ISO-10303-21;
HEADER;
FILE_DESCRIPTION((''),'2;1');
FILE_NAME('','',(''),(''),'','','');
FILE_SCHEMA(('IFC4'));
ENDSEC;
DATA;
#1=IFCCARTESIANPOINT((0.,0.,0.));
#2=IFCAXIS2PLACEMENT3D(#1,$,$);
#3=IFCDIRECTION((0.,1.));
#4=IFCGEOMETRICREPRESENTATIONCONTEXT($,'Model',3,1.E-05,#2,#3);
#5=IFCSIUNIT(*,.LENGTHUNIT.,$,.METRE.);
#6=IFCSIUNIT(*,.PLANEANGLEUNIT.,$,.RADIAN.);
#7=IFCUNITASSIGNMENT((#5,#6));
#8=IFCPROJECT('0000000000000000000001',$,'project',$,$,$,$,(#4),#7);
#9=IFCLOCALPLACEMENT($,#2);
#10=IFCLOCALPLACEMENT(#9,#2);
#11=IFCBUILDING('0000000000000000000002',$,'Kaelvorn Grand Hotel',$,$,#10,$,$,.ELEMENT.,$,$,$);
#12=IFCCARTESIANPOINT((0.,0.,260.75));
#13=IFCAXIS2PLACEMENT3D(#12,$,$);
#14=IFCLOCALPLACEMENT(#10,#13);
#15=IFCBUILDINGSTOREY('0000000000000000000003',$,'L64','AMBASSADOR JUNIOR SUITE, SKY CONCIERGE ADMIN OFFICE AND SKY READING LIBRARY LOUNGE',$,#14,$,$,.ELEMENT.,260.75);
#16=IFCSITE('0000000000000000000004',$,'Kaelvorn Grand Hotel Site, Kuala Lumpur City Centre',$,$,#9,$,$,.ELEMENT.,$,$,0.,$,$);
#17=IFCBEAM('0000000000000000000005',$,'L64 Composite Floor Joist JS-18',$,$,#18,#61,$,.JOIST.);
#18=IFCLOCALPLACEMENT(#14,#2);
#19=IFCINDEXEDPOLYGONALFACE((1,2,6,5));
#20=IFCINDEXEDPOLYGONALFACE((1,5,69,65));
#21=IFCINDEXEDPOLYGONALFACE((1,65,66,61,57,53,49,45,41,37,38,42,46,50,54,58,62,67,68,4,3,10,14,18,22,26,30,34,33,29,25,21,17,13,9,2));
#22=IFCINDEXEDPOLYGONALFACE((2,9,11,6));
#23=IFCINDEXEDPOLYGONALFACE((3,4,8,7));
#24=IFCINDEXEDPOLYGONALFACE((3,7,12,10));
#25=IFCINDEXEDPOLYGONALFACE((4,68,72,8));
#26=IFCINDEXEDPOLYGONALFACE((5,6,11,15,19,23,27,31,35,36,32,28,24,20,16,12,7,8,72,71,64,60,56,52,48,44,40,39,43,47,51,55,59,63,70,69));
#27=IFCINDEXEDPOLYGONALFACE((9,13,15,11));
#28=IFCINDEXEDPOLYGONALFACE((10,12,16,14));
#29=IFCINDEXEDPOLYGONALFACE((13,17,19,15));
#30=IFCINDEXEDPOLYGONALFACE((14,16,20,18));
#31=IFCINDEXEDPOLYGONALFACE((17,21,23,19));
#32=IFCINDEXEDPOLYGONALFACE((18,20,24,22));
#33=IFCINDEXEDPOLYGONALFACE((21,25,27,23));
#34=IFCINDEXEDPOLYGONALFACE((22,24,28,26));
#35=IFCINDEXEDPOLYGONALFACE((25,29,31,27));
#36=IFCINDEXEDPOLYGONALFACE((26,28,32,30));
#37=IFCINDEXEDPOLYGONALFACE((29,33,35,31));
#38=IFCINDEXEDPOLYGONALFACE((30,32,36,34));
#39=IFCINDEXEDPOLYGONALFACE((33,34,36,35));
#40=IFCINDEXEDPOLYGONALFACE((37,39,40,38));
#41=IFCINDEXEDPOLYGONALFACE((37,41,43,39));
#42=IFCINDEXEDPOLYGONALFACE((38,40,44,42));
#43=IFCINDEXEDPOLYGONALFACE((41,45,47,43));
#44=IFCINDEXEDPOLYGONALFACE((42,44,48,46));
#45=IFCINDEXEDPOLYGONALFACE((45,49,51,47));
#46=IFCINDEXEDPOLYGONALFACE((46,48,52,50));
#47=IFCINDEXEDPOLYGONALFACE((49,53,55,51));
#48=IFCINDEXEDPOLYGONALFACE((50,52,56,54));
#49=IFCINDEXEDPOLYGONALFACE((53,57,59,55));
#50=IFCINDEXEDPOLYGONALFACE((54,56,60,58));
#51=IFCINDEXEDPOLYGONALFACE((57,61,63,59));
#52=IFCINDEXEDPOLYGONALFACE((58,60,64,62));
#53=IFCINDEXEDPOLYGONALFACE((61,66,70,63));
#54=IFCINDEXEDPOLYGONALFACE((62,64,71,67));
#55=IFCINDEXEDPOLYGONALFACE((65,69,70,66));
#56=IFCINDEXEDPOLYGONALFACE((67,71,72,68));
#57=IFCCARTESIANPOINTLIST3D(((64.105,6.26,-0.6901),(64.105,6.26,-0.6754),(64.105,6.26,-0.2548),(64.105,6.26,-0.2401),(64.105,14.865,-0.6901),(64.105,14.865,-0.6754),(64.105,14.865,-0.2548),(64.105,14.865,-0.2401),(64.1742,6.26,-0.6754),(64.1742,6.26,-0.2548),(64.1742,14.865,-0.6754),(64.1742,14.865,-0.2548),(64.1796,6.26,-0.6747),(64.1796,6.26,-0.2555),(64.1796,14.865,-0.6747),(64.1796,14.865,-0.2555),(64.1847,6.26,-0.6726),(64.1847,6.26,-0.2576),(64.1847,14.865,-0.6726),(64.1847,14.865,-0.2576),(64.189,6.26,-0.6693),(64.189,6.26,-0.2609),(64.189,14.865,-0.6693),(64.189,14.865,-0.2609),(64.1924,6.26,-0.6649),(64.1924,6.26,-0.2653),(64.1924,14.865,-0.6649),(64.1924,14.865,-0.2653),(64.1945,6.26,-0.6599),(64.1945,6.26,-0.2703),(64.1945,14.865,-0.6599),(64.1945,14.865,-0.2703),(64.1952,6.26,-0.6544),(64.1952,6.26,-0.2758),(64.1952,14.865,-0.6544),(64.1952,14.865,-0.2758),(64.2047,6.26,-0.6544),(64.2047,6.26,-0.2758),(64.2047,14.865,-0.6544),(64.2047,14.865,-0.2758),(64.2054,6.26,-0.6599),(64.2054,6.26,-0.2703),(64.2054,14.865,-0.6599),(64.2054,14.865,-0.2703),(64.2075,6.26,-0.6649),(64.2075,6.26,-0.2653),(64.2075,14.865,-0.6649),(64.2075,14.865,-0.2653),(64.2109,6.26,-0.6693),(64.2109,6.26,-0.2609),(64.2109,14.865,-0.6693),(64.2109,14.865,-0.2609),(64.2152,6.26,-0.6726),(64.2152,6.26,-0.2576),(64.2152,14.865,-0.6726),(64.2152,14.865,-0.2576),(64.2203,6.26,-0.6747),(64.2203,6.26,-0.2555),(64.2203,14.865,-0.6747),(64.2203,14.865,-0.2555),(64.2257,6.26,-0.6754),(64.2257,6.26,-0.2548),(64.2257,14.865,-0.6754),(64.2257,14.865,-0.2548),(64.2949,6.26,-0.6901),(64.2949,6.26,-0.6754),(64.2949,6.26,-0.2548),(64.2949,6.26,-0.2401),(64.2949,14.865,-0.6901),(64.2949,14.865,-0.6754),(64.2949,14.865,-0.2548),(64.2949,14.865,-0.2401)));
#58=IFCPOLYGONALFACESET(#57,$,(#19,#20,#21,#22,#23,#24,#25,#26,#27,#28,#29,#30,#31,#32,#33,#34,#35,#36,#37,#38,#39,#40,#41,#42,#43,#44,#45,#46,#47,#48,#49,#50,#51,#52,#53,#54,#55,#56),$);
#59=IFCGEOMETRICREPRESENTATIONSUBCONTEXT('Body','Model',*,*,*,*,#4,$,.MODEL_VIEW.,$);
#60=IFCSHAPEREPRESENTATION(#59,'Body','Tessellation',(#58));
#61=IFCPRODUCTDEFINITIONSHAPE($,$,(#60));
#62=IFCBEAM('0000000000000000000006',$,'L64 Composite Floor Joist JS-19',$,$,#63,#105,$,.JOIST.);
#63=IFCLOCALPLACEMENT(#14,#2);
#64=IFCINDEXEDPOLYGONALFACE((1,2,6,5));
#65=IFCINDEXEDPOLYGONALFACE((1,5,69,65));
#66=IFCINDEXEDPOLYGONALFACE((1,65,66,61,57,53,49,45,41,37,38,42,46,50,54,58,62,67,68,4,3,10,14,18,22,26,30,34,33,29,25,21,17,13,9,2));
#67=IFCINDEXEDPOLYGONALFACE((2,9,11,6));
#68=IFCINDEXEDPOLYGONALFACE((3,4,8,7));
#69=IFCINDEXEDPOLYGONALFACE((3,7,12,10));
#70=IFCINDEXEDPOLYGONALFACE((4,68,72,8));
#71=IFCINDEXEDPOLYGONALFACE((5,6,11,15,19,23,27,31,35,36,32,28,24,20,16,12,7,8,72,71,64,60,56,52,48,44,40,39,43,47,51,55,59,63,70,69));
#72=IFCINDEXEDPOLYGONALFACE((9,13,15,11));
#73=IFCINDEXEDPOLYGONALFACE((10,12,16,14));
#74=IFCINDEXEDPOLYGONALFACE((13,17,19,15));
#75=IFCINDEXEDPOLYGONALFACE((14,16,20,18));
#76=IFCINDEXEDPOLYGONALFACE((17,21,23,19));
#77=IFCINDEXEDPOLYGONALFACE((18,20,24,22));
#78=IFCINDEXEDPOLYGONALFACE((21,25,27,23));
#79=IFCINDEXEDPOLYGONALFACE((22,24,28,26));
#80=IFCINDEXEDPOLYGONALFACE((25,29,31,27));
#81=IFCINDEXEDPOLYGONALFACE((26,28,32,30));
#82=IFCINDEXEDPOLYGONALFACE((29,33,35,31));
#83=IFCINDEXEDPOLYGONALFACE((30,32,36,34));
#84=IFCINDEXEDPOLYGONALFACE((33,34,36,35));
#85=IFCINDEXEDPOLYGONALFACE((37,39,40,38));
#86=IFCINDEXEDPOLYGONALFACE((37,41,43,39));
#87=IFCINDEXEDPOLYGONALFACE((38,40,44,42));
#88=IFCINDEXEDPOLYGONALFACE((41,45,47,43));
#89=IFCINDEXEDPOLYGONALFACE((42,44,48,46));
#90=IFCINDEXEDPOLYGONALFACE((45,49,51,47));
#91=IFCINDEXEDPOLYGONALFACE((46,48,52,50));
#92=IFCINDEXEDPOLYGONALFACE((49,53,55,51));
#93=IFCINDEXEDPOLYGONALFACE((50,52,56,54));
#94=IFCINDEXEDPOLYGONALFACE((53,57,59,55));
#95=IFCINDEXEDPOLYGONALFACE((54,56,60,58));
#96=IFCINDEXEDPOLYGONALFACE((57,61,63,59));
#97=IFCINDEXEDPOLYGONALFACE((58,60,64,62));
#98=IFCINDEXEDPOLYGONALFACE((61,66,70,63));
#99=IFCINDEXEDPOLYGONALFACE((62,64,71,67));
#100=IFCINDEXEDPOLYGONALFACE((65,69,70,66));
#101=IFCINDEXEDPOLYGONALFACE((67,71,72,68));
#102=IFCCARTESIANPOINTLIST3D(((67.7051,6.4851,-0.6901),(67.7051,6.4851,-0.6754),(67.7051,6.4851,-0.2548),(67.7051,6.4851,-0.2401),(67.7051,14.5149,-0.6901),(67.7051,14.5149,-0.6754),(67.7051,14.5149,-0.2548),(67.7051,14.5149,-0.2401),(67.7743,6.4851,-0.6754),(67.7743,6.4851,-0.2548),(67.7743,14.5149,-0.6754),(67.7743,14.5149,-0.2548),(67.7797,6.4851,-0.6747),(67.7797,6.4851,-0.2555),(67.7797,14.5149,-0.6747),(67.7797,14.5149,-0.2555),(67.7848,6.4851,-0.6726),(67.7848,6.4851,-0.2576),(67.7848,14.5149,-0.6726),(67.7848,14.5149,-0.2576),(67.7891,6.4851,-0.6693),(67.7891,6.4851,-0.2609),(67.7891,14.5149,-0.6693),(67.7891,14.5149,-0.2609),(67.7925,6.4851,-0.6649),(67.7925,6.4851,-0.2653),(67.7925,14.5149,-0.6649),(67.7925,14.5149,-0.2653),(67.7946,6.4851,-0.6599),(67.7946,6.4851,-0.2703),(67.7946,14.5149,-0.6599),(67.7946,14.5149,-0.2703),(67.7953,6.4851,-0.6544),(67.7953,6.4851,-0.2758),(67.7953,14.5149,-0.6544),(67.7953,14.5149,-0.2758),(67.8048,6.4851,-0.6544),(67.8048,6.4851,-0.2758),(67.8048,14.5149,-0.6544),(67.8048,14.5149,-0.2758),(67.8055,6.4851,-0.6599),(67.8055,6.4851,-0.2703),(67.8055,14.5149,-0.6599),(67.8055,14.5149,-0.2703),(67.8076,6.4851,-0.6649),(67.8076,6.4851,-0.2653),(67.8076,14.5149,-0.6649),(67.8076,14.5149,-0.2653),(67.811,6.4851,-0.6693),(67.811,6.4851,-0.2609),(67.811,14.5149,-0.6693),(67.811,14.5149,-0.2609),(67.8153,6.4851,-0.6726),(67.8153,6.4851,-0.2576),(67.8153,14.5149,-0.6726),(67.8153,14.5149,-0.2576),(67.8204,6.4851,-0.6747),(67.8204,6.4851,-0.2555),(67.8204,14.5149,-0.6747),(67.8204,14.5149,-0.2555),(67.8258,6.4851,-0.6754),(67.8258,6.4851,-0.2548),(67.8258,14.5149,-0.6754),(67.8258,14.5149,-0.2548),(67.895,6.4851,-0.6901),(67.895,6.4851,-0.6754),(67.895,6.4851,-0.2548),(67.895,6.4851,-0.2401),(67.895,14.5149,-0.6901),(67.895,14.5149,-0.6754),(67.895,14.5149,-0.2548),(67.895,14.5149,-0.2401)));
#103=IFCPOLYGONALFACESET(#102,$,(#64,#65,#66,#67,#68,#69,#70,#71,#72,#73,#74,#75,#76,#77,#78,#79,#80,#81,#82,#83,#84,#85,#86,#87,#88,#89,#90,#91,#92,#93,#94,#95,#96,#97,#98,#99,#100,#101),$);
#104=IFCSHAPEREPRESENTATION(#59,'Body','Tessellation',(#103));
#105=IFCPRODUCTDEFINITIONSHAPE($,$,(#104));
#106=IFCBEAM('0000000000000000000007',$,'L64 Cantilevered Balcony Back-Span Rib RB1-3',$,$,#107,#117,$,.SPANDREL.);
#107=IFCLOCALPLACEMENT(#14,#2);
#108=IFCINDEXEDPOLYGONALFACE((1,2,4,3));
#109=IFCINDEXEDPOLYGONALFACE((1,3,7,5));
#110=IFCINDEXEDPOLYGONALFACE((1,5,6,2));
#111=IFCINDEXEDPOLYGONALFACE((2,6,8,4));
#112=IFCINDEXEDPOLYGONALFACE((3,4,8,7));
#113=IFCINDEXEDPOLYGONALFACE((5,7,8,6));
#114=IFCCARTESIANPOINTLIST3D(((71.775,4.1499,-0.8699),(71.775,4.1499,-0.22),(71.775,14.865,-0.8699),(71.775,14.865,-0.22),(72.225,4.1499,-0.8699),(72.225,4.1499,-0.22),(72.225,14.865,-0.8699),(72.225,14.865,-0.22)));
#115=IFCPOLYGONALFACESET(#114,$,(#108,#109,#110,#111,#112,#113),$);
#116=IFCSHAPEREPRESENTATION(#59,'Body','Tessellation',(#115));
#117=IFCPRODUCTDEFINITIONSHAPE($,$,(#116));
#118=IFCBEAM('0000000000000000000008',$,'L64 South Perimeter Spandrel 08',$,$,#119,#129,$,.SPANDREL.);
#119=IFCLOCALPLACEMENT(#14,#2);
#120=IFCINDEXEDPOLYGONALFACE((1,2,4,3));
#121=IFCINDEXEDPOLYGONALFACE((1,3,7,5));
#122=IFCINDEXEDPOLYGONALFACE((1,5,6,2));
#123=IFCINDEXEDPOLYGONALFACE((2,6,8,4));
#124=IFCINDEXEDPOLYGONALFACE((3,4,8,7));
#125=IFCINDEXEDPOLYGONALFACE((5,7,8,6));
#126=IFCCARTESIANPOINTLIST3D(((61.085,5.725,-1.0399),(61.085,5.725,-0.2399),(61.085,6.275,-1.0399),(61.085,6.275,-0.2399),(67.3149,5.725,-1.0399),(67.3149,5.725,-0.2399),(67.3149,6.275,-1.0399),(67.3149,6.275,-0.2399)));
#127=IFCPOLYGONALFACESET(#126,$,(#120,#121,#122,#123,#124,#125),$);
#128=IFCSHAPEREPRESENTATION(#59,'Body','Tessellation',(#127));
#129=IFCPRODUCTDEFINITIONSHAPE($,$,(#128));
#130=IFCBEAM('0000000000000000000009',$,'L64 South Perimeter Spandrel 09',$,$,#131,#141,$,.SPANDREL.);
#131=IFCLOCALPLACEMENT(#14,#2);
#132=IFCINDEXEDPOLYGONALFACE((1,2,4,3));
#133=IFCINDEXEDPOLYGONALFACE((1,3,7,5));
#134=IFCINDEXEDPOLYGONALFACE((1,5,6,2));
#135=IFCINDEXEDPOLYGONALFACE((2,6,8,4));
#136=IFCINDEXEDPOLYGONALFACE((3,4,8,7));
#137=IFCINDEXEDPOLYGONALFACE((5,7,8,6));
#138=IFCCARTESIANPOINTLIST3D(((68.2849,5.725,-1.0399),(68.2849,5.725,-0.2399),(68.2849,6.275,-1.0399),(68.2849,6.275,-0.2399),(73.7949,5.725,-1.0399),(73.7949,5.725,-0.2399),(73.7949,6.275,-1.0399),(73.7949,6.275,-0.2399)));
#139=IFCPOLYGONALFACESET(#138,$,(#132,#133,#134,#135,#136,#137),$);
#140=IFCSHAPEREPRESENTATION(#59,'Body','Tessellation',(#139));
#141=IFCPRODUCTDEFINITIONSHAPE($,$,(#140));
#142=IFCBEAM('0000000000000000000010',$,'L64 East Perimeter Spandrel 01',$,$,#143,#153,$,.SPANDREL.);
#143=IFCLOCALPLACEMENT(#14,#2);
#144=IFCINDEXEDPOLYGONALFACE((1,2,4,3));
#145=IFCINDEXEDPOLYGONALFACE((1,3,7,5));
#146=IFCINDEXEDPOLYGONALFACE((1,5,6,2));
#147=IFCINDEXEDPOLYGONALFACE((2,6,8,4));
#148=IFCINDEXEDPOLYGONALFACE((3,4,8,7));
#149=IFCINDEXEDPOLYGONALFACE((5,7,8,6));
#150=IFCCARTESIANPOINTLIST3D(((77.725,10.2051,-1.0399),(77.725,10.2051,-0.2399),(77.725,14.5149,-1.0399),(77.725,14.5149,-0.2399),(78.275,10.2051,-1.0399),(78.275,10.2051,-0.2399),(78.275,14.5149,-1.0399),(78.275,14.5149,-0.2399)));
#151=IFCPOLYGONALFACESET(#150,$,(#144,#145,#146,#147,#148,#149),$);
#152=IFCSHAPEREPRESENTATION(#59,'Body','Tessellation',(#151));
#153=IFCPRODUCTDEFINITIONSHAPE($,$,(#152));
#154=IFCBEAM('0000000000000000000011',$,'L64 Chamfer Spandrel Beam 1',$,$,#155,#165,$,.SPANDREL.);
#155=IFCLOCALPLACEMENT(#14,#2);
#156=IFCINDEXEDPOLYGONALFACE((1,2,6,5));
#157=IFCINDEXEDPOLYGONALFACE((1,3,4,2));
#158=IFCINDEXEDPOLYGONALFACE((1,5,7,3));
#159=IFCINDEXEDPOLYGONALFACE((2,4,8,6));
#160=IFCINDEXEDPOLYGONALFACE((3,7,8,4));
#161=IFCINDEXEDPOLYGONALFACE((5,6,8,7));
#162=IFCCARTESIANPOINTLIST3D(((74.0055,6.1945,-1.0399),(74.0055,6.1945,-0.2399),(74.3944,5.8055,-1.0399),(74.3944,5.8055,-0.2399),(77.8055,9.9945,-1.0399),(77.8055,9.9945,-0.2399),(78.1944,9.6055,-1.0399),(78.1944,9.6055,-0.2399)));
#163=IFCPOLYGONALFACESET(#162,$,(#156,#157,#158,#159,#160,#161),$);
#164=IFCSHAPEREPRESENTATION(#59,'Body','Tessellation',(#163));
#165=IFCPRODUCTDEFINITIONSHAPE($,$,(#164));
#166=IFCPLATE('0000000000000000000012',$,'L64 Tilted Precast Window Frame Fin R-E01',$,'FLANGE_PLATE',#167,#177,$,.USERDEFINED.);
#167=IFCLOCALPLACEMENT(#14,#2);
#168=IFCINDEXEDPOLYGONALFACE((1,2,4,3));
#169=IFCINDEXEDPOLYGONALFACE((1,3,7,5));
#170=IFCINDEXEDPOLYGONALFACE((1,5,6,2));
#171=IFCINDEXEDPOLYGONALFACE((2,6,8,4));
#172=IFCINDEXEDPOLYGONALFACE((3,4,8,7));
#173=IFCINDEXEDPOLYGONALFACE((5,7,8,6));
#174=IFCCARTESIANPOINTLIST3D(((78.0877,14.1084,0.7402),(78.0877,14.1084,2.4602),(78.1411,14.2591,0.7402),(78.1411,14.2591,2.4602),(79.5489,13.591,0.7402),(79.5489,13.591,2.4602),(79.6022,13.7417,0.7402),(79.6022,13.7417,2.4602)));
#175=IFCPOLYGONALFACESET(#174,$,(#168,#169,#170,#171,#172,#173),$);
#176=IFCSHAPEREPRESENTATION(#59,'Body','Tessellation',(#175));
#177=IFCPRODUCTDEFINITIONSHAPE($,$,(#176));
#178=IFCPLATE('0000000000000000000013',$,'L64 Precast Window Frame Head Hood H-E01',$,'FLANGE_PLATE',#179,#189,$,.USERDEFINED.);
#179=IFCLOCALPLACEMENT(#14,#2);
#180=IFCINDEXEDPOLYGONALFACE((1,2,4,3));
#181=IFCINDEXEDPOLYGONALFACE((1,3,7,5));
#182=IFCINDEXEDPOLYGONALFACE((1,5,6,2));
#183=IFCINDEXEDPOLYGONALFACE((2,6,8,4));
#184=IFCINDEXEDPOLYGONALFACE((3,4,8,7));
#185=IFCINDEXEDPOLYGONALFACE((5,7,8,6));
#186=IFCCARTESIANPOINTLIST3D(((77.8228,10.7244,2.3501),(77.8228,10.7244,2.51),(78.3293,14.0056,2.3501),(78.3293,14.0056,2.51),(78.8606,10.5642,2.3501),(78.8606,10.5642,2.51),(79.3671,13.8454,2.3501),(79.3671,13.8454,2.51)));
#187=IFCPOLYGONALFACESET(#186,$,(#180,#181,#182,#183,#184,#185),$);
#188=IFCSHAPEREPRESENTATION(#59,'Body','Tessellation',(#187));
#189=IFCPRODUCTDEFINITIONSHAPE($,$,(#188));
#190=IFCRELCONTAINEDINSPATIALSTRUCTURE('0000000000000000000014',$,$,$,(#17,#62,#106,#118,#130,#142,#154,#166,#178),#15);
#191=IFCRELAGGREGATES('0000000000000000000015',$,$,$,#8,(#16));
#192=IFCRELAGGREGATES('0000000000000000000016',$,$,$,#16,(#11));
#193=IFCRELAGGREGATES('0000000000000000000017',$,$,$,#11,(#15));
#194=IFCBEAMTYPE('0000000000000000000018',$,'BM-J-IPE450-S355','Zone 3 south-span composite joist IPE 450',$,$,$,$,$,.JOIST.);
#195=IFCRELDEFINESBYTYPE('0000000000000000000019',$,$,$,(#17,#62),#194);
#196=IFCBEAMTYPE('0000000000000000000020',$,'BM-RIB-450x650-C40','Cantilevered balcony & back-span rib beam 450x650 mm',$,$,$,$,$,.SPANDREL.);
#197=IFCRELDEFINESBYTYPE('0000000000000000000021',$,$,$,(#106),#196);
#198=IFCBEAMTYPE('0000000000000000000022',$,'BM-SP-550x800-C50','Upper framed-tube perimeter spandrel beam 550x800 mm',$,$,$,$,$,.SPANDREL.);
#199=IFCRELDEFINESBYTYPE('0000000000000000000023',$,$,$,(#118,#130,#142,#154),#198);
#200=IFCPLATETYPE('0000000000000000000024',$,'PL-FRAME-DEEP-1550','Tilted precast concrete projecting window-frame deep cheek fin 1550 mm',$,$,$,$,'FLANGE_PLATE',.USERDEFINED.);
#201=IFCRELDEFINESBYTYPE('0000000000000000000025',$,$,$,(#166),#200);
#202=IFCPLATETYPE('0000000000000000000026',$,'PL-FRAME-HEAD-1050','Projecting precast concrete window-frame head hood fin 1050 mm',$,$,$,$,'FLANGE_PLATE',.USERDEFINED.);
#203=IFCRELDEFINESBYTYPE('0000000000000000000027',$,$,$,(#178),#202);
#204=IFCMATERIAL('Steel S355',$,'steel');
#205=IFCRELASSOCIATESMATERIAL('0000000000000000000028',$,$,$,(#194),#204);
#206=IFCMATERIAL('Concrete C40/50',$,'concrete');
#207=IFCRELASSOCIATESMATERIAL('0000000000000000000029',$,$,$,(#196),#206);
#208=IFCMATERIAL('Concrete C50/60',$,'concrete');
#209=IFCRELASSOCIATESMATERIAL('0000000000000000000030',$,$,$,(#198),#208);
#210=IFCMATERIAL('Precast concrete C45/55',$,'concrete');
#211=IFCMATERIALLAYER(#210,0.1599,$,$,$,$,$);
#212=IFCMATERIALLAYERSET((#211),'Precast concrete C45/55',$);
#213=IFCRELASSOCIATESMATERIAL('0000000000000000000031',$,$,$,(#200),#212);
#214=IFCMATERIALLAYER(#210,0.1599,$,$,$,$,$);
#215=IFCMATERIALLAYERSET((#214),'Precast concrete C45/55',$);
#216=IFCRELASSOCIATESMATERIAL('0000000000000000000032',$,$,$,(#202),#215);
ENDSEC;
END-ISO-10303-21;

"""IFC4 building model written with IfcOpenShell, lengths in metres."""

from ifc_helpers import new_model, si_unit, direction, frame, origin, origin_2d, place, context, subcontext, project, spatial, rectangle, i_section, extrude, material, layer, layer_set, material_profile, profile_set, type_object, element, save


model = new_model("IFC4")

# Units and contexts
model_context = context("Model", 3, precision=1e-05, world=origin(), true_north=direction((0.0, 1.0)))
body_context = subcontext(model_context, "Body", "Model", "MODEL_VIEW")
ifc_project = project(units=[si_unit("LENGTHUNIT", "METRE"), si_unit("PLANEANGLEUNIT", "RADIAN")], contexts=[model_context])

# Site, building, storey
site_placement = place(None, origin())
site = spatial("IfcSite", under=ifc_project, at=site_placement, Name="Kaelvorn Grand Hotel Site, Kuala Lumpur City Centre", CompositionType="ELEMENT", RefElevation=0.0)
building_placement = place(site_placement, origin())
building = spatial("IfcBuilding", under=site, at=building_placement, Name="Kaelvorn Grand Hotel", CompositionType="ELEMENT")
storey_placement = place(building_placement, frame((0.0, 0.0, 260.75)))
storey = spatial("IfcBuildingStorey", under=building, at=storey_placement, Name="L64", Description="AMBASSADOR JUNIOR SUITE, SKY CONCIERGE ADMIN OFFICE AND SKY READING LIBRARY LOUNGE", CompositionType="ELEMENT", Elevation=260.75)

# Shared definitions
ifc_material_1 = material(Name="Concrete C50/60", Category="concrete")

# Beams
ifc_material_2 = material(Name="Steel S355", Category="steel")
ifc_material_profile_1 = material_profile(ifc_material_2, i_section(OverallWidth=0.1899, OverallDepth=0.45, WebThickness=0.0095, FlangeThickness=0.0146, FilletRadius=0.021, at=origin_2d()), Name="IPE 450")
ifc_profile_set_1 = profile_set([ifc_material_profile_1], Name="Steel S355")
beam_type_1 = type_object("IfcBeamType", Name="BM-J-IPE450-S355", Description="Zone 3 south-span composite joist IPE 450", PredefinedType="JOIST", material=ifc_profile_set_1)
beam_1_placement = place(storey_placement, frame((64.2, 6.26, -0.4651), z_axis=(0.0, 1.0, 0.0), x_axis=(-1.0, 0.0, 0.0)))
element("IfcBeam", 1, at=beam_1_placement, inside=storey, type_object=beam_type_1, Name="L64 Composite Floor Joist JS-18", PredefinedType="JOIST", context=body_context, shape_type="SweptSolid", body=[
    extrude(i_section(OverallWidth=0.1899, OverallDepth=0.45, WebThickness=0.0095, FlangeThickness=0.0146, FilletRadius=0.021, at=origin_2d()), origin(), (0.0, 0.0, 1.0), 8.605),
])
beam_2_placement = place(storey_placement, frame((67.8, 6.4851, -0.4651), z_axis=(0.0, 1.0, 0.0), x_axis=(-1.0, 0.0, 0.0)))
element("IfcBeam", 2, at=beam_2_placement, inside=storey, type_object=beam_type_1, Name="L64 Composite Floor Joist JS-19", PredefinedType="JOIST", context=body_context, shape_type="SweptSolid", body=[
    extrude(i_section(OverallWidth=0.1899, OverallDepth=0.45, WebThickness=0.0095, FlangeThickness=0.0146, FilletRadius=0.021, at=origin_2d()), origin(), (0.0, 0.0, 1.0), 8.0298),
])
ifc_material_3 = material(Name="Concrete C40/50", Category="concrete")
ifc_material_profile_2 = material_profile(ifc_material_3, rectangle(XDim=0.45, YDim=0.6499, at=origin_2d()), Name="RC RIB 450x650")
ifc_profile_set_2 = profile_set([ifc_material_profile_2], Name="Concrete C40/50")
beam_type_2 = type_object("IfcBeamType", Name="BM-RIB-450x650-C40", Description="Cantilevered balcony & back-span rib beam 450x650 mm", PredefinedType="SPANDREL", material=ifc_profile_set_2)
beam_3_placement = place(storey_placement, frame((72.0, 4.1499, -0.5449), z_axis=(0.0, 1.0, 0.0), x_axis=(-1.0, 0.0, 0.0)))
element("IfcBeam", 3, at=beam_3_placement, inside=storey, type_object=beam_type_2, Name="L64 Cantilevered Balcony Back-Span Rib RB1-3", PredefinedType="SPANDREL", context=body_context, shape_type="SweptSolid", body=[
    extrude(rectangle(XDim=0.45, YDim=0.6499, at=origin_2d()), origin(), (0.0, 0.0, 1.0), 10.7151),
])
ifc_material_profile_3 = material_profile(ifc_material_1, rectangle(XDim=0.55, YDim=0.8, at=origin_2d()), Name="RC SPANDREL 550x800")
ifc_profile_set_3 = profile_set([ifc_material_profile_3], Name="Concrete C50/60")
beam_type_3 = type_object("IfcBeamType", Name="BM-SP-550x800-C50", Description="Upper framed-tube perimeter spandrel beam 550x800 mm", PredefinedType="SPANDREL", material=ifc_profile_set_3)
beam_4_placement = place(storey_placement, frame((61.085, 6.0, -0.6399), z_axis=(1.0, 0.0, 0.0), x_axis=(0.0, 1.0, 0.0)))
element("IfcBeam", 4, at=beam_4_placement, inside=storey, type_object=beam_type_3, Name="L64 South Perimeter Spandrel 08", PredefinedType="SPANDREL", context=body_context, shape_type="SweptSolid", body=[
    extrude(rectangle(XDim=0.55, YDim=0.8, at=origin_2d()), origin(), (0.0, 0.0, 1.0), 6.23),
])
beam_5_placement = place(storey_placement, frame((68.2849, 6.0, -0.6399), z_axis=(1.0, 0.0, 0.0), x_axis=(0.0, 1.0, 0.0)))
element("IfcBeam", 5, at=beam_5_placement, inside=storey, type_object=beam_type_3, Name="L64 South Perimeter Spandrel 09", PredefinedType="SPANDREL", context=body_context, shape_type="SweptSolid", body=[
    extrude(rectangle(XDim=0.55, YDim=0.8, at=origin_2d()), origin(), (0.0, 0.0, 1.0), 5.51),
])
beam_6_placement = place(storey_placement, frame((78.0, 10.2051, -0.6399), z_axis=(0.0, 1.0, 0.0), x_axis=(-1.0, 0.0, 0.0)))
element("IfcBeam", 6, at=beam_6_placement, inside=storey, type_object=beam_type_3, Name="L64 East Perimeter Spandrel 01", PredefinedType="SPANDREL", context=body_context, shape_type="SweptSolid", body=[
    extrude(rectangle(XDim=0.55, YDim=0.8, at=origin_2d()), origin(), (0.0, 0.0, 1.0), 4.3098),
])
beam_7_placement = place(storey_placement, frame((74.2, 6.0, -0.6399), z_axis=(0.707107, 0.707107, 0.0), x_axis=(-0.707107, 0.707107, 0.0)))
element("IfcBeam", 7, at=beam_7_placement, inside=storey, type_object=beam_type_3, Name="L64 Chamfer Spandrel Beam 1", PredefinedType="SPANDREL", context=body_context, shape_type="SweptSolid", body=[
    extrude(rectangle(XDim=0.55, YDim=0.8, at=origin_2d()), origin(), (0.0, 0.0, 1.0), 5.374),
])

# Plates
ifc_material_4 = material(Name="Precast concrete C45/55", Category="concrete")
ifc_layer_1 = layer(ifc_material_4, 0.1599)
ifc_layer_set_1 = layer_set([ifc_layer_1], Name="Precast concrete C45/55")
plate_type_1 = type_object("IfcPlateType", Name="PL-FRAME-DEEP-1550", Description="Tilted precast concrete projecting window-frame deep cheek fin 1550 mm", ElementType="FLANGE_PLATE", PredefinedType="USERDEFINED", material=ifc_layer_set_1)
plate_1_placement = place(storey_placement, frame((78.845, 13.925, 0.7402), z_axis=(0.0, 0.0, 1.0), x_axis=(0.333807, 0.942641, 0.0)))
element("IfcPlate", 8, at=plate_1_placement, inside=storey, type_object=plate_type_1, Name="L64 Tilted Precast Window Frame Fin R-E01", ObjectType="FLANGE_PLATE", PredefinedType="USERDEFINED", context=body_context, shape_type="SweptSolid", body=[
    extrude(rectangle(XDim=0.1599, YDim=1.55, at=origin_2d()), origin(), (0.0, 0.0, 1.0), 1.72),
])
ifc_layer_2 = layer(ifc_material_4, 0.1599)
ifc_layer_set_2 = layer_set([ifc_layer_2], Name="Precast concrete C45/55")
plate_type_2 = type_object("IfcPlateType", Name="PL-FRAME-HEAD-1050", Description="Projecting precast concrete window-frame head hood fin 1050 mm", ElementType="FLANGE_PLATE", PredefinedType="USERDEFINED", material=ifc_layer_set_2)
plate_2_placement = place(storey_placement, frame((78.595, 12.2849, 2.3501), z_axis=(0.0, 0.0, 1.0), x_axis=(0.152555, 0.988295, 0.0)))
element("IfcPlate", 9, at=plate_2_placement, inside=storey, type_object=plate_type_2, Name="L64 Precast Window Frame Head Hood H-E01", ObjectType="FLANGE_PLATE", PredefinedType="USERDEFINED", context=body_context, shape_type="SweptSolid", body=[
    extrude(rectangle(XDim=3.3201, YDim=1.05, at=origin_2d()), origin(), (0.0, 0.0, 1.0), 0.1599),
])

save(model, "model.ifc")
